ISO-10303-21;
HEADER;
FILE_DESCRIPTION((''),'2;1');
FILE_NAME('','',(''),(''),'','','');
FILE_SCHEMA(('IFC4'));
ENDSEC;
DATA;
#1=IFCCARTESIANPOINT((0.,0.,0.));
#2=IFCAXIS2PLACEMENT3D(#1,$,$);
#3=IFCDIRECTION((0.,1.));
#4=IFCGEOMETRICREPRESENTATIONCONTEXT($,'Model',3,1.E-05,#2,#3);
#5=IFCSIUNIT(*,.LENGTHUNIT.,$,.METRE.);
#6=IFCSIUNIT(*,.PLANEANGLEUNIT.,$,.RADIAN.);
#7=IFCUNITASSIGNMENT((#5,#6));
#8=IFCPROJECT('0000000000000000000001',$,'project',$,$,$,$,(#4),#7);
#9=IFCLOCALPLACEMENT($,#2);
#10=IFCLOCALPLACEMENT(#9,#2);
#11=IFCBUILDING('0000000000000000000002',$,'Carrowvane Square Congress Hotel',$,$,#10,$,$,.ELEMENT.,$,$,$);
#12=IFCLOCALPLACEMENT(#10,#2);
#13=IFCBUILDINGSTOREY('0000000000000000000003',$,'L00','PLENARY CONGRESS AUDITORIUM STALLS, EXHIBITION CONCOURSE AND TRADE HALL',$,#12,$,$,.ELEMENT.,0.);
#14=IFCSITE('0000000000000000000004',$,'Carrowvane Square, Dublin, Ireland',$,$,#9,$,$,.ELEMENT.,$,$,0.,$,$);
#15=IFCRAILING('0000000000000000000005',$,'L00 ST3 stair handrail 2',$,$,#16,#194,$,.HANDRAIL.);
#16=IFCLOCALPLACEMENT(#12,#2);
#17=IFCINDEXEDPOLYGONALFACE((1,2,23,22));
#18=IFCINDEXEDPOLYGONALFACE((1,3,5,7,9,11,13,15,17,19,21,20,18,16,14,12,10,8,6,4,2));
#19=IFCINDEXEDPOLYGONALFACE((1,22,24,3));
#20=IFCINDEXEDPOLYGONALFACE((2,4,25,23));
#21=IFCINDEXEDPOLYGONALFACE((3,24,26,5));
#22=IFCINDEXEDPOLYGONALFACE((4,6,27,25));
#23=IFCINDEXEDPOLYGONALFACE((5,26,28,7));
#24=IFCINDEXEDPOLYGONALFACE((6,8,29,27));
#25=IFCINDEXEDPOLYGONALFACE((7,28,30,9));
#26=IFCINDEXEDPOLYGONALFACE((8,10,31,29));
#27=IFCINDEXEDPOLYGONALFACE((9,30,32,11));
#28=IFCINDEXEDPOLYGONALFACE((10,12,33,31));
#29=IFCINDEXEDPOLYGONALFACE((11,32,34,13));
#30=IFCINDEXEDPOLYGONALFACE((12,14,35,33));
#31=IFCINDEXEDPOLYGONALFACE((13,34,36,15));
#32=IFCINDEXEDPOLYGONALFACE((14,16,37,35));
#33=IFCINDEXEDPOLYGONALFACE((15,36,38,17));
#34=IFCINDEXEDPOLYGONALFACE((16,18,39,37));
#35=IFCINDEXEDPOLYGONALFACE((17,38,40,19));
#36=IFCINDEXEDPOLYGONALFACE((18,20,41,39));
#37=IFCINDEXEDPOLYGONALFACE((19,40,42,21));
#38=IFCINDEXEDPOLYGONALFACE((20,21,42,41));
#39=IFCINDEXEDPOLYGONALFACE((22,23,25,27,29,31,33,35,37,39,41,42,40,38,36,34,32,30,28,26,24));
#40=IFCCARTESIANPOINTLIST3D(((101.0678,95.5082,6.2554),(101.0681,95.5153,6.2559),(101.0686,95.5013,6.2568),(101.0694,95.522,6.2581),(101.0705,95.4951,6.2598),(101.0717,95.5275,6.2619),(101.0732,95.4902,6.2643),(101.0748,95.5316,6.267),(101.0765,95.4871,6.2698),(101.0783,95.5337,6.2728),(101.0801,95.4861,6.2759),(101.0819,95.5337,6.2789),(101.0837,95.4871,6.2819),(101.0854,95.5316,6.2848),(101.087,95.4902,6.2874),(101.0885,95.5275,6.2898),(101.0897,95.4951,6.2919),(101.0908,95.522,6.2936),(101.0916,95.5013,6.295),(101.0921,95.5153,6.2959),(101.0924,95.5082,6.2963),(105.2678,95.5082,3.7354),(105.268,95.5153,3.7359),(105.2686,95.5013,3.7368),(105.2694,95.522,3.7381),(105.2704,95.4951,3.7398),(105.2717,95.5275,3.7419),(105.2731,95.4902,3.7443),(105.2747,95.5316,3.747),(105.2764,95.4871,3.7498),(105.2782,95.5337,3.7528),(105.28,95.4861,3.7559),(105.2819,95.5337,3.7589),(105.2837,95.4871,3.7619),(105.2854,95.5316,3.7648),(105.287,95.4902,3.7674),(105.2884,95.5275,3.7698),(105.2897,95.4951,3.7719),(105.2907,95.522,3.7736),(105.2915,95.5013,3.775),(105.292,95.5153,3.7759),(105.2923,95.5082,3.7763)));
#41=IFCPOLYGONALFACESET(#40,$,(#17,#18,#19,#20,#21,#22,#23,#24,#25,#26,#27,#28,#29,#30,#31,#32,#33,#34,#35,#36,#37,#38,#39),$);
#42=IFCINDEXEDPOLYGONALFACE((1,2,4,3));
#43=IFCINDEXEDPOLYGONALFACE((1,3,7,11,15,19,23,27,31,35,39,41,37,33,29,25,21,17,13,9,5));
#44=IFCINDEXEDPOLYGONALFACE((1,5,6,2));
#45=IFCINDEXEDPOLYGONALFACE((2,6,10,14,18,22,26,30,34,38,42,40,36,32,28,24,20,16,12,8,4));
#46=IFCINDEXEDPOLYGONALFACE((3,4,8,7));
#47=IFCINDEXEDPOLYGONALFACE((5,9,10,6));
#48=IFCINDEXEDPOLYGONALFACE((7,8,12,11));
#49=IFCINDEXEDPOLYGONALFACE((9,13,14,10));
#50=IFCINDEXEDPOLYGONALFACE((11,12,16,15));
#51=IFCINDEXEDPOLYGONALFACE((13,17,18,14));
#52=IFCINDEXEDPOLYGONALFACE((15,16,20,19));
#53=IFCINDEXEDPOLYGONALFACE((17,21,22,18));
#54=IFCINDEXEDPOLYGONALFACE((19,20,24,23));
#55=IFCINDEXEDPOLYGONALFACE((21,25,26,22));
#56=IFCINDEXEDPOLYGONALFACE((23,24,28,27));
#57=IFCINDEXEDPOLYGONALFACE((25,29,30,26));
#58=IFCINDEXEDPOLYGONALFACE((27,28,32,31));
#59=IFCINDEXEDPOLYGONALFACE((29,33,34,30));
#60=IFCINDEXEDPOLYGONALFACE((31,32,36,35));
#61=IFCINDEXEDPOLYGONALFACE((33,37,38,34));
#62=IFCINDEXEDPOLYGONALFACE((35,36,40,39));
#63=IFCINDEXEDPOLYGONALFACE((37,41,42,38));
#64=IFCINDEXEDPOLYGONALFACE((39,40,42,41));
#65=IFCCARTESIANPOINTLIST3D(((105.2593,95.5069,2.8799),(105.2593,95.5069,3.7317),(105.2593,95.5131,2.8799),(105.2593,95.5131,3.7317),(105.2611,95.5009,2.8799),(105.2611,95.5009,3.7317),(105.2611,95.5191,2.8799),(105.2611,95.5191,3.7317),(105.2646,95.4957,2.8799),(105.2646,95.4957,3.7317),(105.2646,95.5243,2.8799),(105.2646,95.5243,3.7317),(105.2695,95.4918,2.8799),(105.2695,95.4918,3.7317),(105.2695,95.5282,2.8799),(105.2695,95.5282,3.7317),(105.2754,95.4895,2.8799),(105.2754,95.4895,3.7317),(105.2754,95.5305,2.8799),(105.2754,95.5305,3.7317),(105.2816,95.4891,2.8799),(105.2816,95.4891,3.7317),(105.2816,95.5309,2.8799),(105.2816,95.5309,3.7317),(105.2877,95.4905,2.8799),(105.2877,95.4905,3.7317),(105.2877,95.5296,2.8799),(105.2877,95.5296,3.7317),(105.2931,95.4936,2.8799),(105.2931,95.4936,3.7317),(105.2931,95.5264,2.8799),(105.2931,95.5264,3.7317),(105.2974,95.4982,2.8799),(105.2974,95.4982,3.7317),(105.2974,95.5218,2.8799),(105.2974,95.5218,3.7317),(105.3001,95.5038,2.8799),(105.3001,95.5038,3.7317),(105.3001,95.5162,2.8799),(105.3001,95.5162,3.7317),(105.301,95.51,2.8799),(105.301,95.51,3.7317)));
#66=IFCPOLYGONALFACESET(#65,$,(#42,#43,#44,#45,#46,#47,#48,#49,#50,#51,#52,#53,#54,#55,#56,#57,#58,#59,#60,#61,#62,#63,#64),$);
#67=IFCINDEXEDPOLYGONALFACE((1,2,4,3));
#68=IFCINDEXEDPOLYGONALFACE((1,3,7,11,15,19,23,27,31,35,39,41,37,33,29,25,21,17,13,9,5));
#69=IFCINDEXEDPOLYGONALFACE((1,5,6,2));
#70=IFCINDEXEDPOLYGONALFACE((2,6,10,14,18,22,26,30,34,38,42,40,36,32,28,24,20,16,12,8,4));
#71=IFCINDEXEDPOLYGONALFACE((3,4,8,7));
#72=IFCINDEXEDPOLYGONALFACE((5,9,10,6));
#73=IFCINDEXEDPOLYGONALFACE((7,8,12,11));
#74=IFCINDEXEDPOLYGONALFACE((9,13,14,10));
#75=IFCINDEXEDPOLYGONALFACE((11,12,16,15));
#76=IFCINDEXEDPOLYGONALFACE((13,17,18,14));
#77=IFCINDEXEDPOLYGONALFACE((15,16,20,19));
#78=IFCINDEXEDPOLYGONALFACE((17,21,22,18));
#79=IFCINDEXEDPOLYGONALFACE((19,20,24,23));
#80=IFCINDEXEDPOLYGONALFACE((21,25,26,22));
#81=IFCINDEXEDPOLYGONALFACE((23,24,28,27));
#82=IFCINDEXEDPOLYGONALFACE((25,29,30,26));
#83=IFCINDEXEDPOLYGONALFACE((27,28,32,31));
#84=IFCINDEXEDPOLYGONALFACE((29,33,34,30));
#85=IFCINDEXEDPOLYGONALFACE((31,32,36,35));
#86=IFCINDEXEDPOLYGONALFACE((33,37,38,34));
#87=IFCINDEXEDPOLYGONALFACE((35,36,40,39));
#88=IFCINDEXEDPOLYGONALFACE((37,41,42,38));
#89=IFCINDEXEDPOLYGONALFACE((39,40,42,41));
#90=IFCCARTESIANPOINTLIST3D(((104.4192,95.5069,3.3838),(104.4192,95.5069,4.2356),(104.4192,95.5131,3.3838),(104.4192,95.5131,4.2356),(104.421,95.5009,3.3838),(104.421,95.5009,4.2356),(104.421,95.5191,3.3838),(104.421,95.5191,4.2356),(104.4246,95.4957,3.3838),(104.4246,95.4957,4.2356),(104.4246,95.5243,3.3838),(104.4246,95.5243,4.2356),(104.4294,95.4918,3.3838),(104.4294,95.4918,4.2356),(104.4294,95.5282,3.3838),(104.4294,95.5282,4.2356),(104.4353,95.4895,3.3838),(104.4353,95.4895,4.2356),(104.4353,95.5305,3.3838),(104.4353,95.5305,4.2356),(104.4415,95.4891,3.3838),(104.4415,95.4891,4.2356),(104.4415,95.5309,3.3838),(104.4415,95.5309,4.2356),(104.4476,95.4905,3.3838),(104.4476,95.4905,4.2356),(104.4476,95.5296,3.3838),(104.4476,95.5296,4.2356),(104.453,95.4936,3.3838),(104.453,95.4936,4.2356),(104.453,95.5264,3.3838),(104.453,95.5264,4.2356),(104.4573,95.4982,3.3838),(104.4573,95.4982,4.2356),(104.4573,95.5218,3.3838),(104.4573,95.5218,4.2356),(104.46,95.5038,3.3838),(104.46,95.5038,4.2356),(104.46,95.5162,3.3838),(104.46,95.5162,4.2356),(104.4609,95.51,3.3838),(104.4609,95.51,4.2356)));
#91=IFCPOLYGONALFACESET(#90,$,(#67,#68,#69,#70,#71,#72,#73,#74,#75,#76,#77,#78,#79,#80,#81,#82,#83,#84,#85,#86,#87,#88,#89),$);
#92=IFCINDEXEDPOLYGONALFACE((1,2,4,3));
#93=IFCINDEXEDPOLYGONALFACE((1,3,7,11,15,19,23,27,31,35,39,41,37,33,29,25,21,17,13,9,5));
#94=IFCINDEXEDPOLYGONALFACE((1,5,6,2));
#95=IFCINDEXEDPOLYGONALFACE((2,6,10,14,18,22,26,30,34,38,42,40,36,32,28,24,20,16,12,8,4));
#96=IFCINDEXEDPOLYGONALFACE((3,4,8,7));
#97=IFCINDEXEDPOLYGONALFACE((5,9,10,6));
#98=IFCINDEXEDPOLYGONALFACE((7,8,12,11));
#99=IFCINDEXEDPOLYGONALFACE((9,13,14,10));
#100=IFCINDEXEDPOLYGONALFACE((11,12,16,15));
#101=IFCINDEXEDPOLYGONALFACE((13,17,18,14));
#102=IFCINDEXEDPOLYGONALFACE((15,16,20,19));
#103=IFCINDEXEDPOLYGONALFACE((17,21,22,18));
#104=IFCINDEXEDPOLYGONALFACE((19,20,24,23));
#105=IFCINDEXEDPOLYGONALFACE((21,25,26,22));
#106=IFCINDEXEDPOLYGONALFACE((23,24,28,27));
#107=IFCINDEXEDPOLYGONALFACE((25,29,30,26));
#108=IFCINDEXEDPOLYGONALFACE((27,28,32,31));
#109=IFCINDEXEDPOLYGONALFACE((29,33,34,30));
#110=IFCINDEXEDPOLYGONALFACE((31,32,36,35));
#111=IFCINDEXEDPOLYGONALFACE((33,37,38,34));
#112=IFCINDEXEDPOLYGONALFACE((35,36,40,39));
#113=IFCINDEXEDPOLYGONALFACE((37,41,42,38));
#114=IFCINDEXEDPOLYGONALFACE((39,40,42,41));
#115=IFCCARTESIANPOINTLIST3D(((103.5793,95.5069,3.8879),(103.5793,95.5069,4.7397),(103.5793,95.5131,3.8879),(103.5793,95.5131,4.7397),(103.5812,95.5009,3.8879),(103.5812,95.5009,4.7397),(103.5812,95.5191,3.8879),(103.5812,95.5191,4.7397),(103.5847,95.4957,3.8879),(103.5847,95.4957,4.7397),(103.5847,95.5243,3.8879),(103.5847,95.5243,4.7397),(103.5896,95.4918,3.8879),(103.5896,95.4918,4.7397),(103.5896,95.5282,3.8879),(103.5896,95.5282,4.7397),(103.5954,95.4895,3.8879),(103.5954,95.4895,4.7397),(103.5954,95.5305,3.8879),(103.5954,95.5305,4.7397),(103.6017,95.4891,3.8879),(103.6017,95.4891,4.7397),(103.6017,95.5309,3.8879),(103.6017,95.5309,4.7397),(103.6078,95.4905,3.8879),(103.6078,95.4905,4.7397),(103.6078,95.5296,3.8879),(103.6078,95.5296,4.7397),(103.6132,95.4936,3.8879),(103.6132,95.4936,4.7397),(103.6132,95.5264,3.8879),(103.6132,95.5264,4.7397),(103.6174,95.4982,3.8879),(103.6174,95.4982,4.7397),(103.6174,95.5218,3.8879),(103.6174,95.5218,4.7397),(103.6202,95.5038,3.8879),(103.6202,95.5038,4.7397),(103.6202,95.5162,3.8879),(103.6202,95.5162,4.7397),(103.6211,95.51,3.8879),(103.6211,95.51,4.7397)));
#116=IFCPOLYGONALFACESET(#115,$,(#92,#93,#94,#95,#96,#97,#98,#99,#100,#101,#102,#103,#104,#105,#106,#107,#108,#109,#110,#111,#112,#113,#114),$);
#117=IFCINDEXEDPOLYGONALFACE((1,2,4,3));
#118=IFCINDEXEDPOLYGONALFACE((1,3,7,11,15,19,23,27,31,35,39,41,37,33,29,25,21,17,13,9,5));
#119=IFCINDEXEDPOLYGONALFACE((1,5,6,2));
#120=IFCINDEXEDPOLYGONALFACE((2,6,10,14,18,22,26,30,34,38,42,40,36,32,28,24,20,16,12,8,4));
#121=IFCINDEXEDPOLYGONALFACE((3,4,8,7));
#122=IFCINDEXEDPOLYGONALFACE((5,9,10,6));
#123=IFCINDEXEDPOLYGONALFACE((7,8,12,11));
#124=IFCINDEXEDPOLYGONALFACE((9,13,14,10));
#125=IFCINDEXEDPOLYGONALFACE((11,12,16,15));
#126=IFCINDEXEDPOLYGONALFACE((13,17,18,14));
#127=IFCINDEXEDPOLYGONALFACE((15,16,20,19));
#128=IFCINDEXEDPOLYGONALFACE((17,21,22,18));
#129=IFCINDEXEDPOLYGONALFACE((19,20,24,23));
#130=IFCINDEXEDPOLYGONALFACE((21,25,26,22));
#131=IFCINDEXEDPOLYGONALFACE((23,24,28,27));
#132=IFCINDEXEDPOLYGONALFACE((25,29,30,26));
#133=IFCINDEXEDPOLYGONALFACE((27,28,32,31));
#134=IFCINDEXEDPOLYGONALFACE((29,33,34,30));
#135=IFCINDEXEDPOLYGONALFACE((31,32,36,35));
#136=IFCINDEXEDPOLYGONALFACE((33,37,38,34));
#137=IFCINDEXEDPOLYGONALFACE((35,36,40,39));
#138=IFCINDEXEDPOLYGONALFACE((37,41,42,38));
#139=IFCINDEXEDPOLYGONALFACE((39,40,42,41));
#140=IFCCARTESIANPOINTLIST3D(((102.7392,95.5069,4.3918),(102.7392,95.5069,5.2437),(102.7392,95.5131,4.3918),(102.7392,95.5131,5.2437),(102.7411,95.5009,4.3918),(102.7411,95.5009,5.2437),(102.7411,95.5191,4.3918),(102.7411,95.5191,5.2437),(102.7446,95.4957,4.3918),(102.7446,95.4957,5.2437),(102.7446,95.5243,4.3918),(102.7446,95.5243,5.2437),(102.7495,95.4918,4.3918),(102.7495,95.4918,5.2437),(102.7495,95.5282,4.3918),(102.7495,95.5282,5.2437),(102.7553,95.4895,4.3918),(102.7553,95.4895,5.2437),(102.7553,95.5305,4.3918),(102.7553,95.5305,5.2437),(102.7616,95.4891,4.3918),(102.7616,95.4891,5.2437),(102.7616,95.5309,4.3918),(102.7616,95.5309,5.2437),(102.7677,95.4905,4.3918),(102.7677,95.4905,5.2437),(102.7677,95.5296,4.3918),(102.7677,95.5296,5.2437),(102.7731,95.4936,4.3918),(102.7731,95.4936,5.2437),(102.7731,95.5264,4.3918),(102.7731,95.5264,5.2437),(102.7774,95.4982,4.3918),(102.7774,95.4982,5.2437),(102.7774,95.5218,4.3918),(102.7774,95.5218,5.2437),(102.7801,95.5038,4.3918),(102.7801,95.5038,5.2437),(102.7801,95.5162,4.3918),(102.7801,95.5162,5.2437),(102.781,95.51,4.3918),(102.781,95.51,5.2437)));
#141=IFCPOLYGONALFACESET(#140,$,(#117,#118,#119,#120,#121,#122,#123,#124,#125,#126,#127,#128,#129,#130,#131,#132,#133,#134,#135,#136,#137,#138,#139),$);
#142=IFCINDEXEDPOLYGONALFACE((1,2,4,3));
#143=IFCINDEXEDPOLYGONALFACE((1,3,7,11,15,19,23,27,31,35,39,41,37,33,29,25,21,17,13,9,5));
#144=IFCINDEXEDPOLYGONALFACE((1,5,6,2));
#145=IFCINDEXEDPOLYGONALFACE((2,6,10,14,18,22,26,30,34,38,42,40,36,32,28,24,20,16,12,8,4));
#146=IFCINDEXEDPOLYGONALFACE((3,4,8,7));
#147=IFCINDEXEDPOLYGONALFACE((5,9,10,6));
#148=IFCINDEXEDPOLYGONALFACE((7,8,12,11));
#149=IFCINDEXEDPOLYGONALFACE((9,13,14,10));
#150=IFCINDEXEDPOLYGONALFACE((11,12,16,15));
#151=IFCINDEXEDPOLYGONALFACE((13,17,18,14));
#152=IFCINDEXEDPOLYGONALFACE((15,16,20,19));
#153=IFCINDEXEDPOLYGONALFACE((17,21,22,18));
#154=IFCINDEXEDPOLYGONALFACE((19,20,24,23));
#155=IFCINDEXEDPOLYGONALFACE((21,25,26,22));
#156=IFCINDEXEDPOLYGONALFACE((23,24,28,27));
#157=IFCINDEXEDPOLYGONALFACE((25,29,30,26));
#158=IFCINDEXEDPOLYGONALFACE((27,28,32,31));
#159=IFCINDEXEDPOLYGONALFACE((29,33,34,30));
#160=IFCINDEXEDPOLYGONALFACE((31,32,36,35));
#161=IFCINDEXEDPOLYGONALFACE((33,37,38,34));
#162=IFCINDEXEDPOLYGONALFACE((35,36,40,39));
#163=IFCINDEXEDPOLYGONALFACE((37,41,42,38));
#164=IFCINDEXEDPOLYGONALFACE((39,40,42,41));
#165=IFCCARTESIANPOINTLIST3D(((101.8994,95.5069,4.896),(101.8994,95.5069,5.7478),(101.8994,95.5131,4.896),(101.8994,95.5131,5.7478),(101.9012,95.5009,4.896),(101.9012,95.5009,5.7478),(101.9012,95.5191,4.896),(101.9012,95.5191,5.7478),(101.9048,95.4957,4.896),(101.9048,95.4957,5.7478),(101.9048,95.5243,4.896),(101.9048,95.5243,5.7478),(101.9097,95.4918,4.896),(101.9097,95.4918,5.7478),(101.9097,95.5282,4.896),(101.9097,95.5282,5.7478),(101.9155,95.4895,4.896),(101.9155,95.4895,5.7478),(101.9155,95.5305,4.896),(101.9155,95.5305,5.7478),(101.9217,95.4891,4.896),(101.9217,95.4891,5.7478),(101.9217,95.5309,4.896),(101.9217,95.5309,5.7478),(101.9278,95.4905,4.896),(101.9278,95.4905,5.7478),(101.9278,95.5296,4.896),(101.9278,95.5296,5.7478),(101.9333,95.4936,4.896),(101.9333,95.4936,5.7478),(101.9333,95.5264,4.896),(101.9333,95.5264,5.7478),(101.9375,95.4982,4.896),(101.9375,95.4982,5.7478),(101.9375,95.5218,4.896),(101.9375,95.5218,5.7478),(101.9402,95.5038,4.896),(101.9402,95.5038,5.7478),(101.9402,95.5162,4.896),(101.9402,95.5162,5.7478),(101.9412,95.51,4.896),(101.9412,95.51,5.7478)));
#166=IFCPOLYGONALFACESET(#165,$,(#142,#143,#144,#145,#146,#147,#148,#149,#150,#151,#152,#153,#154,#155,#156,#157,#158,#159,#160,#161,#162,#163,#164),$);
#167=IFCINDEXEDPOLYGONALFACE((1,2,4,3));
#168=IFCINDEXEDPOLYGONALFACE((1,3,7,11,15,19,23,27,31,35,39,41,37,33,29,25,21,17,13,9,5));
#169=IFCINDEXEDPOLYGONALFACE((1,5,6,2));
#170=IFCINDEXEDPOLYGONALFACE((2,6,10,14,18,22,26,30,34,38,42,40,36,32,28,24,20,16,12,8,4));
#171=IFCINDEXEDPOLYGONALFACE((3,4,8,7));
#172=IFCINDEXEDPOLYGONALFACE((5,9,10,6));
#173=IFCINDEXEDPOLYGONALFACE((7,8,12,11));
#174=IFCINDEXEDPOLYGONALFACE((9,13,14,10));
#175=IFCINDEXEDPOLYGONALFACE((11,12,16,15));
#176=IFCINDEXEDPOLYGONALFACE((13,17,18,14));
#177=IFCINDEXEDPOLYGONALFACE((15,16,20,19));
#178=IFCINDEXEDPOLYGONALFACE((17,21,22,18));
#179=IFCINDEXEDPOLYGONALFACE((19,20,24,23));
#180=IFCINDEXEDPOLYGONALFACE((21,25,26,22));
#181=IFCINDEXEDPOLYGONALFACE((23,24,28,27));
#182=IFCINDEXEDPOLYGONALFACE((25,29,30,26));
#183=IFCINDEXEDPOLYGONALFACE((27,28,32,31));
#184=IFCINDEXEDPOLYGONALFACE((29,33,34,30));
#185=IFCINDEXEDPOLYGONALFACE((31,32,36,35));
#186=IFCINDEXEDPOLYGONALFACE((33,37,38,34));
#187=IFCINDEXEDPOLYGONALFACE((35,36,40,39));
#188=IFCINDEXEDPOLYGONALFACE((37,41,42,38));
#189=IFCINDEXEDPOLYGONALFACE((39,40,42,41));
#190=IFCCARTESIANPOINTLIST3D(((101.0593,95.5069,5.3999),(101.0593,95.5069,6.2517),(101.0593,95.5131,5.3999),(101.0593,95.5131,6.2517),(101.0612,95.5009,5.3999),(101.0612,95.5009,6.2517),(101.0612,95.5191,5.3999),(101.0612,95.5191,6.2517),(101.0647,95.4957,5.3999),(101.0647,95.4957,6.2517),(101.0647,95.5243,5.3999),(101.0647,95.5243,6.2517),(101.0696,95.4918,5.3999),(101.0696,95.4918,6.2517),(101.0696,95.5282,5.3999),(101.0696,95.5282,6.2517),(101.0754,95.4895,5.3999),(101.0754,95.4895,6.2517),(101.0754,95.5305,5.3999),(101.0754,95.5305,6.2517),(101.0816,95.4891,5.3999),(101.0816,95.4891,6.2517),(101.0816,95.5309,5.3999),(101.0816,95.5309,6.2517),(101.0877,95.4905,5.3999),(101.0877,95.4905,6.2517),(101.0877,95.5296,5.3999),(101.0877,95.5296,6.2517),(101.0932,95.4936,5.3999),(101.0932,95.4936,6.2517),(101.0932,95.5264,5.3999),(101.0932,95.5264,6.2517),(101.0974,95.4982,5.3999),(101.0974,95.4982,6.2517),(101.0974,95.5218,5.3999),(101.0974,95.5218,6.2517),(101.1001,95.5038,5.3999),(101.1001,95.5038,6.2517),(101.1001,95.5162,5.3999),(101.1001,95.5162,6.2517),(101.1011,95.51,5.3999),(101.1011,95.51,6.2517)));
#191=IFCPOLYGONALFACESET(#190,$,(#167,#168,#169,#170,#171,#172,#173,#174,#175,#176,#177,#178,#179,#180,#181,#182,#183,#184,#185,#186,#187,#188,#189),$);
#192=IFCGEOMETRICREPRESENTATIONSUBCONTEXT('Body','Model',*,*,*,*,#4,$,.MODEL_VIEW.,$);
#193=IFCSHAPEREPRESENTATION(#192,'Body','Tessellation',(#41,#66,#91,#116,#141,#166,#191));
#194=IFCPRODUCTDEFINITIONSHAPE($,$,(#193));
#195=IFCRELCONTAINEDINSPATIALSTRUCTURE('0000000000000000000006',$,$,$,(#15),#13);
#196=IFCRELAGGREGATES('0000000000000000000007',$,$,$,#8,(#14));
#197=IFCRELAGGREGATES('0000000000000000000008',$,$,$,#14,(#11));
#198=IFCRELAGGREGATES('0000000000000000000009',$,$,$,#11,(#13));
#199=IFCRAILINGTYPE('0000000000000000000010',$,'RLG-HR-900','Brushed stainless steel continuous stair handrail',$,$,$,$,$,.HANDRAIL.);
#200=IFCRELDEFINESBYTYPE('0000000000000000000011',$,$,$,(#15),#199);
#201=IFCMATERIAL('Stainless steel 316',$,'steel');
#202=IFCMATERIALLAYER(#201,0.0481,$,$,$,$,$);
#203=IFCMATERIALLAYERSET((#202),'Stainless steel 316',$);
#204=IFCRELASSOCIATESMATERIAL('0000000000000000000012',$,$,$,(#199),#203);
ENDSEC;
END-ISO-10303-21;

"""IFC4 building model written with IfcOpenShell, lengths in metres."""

from ifc_helpers import new_model, si_unit, direction, frame, origin, origin_2d, place, context, subcontext, project, spatial, circle, extrude, material, layer, layer_set, type_object, element, save


model = new_model("IFC4")

# Units and contexts
model_context = context("Model", 3, precision=1e-05, world=origin(), true_north=direction((0.0, 1.0)))
body_context = subcontext(model_context, "Body", "Model", "MODEL_VIEW")
ifc_project = project(units=[si_unit("LENGTHUNIT", "METRE"), si_unit("PLANEANGLEUNIT", "RADIAN")], contexts=[model_context])

# Site, building, storey
site_placement = place(None, origin())
site = spatial("IfcSite", under=ifc_project, at=site_placement, Name="Carrowvane Square, Dublin, Ireland", CompositionType="ELEMENT", RefElevation=0.0)
building_placement = place(site_placement, origin())
building = spatial("IfcBuilding", under=site, at=building_placement, Name="Carrowvane Square Congress Hotel", CompositionType="ELEMENT")
storey_placement = place(building_placement, origin())
storey = spatial("IfcBuildingStorey", under=building, at=storey_placement, Name="L00", Description="PLENARY CONGRESS AUDITORIUM STALLS, EXHIBITION CONCOURSE AND TRADE HALL", CompositionType="ELEMENT", Elevation=0.0)

# Railing
ifc_material_1 = material(Name="Stainless steel 316", Category="steel")
ifc_layer_1 = layer(ifc_material_1, 0.0481)
ifc_layer_set_1 = layer_set([ifc_layer_1], Name="Stainless steel 316")
railing_type_1 = type_object("IfcRailingType", Name="RLG-HR-900", Description="Brushed stainless steel continuous stair handrail", PredefinedType="HANDRAIL", material=ifc_layer_set_1)
railing_1_placement = place(storey_placement, frame((105.28, 95.51, 2.8799)))
element("IfcRailing", 1, at=railing_1_placement, inside=storey, type_object=railing_type_1, Name="L00 ST3 stair handrail 2", PredefinedType="HANDRAIL", context=body_context, shape_type="SweptSolid", body=[
    extrude(circle(Radius=0.0239, at=origin_2d()), frame((0.0, 0.0, 0.876), z_axis=(-0.857489, 0.0, 0.514503), x_axis=(0.0, -1.0, 0.0)), (0.0, 0.0, 1.0), 4.8979),
    extrude(circle(Radius=0.021, at=origin_2d()), origin(), (0.0, 0.0, 1.0), 0.8518),
    extrude(circle(Radius=0.021, at=origin_2d()), frame((-0.8401, 0.0, 0.5039)), (0.0, 0.0, 1.0), 0.8518),
    extrude(circle(Radius=0.021, at=origin_2d()), frame((-1.6799, 0.0, 1.0081)), (0.0, 0.0, 1.0), 0.8518),
    extrude(circle(Radius=0.021, at=origin_2d()), frame((-2.52, 0.0, 1.512)), (0.0, 0.0, 1.0), 0.8518),
    extrude(circle(Radius=0.021, at=origin_2d()), frame((-3.3599, 0.0, 2.0161)), (0.0, 0.0, 1.0), 0.8518),
    extrude(circle(Radius=0.021, at=origin_2d()), frame((-4.2, 0.0, 2.52)), (0.0, 0.0, 1.0), 0.8518),
])

save(model, "model.ifc")
